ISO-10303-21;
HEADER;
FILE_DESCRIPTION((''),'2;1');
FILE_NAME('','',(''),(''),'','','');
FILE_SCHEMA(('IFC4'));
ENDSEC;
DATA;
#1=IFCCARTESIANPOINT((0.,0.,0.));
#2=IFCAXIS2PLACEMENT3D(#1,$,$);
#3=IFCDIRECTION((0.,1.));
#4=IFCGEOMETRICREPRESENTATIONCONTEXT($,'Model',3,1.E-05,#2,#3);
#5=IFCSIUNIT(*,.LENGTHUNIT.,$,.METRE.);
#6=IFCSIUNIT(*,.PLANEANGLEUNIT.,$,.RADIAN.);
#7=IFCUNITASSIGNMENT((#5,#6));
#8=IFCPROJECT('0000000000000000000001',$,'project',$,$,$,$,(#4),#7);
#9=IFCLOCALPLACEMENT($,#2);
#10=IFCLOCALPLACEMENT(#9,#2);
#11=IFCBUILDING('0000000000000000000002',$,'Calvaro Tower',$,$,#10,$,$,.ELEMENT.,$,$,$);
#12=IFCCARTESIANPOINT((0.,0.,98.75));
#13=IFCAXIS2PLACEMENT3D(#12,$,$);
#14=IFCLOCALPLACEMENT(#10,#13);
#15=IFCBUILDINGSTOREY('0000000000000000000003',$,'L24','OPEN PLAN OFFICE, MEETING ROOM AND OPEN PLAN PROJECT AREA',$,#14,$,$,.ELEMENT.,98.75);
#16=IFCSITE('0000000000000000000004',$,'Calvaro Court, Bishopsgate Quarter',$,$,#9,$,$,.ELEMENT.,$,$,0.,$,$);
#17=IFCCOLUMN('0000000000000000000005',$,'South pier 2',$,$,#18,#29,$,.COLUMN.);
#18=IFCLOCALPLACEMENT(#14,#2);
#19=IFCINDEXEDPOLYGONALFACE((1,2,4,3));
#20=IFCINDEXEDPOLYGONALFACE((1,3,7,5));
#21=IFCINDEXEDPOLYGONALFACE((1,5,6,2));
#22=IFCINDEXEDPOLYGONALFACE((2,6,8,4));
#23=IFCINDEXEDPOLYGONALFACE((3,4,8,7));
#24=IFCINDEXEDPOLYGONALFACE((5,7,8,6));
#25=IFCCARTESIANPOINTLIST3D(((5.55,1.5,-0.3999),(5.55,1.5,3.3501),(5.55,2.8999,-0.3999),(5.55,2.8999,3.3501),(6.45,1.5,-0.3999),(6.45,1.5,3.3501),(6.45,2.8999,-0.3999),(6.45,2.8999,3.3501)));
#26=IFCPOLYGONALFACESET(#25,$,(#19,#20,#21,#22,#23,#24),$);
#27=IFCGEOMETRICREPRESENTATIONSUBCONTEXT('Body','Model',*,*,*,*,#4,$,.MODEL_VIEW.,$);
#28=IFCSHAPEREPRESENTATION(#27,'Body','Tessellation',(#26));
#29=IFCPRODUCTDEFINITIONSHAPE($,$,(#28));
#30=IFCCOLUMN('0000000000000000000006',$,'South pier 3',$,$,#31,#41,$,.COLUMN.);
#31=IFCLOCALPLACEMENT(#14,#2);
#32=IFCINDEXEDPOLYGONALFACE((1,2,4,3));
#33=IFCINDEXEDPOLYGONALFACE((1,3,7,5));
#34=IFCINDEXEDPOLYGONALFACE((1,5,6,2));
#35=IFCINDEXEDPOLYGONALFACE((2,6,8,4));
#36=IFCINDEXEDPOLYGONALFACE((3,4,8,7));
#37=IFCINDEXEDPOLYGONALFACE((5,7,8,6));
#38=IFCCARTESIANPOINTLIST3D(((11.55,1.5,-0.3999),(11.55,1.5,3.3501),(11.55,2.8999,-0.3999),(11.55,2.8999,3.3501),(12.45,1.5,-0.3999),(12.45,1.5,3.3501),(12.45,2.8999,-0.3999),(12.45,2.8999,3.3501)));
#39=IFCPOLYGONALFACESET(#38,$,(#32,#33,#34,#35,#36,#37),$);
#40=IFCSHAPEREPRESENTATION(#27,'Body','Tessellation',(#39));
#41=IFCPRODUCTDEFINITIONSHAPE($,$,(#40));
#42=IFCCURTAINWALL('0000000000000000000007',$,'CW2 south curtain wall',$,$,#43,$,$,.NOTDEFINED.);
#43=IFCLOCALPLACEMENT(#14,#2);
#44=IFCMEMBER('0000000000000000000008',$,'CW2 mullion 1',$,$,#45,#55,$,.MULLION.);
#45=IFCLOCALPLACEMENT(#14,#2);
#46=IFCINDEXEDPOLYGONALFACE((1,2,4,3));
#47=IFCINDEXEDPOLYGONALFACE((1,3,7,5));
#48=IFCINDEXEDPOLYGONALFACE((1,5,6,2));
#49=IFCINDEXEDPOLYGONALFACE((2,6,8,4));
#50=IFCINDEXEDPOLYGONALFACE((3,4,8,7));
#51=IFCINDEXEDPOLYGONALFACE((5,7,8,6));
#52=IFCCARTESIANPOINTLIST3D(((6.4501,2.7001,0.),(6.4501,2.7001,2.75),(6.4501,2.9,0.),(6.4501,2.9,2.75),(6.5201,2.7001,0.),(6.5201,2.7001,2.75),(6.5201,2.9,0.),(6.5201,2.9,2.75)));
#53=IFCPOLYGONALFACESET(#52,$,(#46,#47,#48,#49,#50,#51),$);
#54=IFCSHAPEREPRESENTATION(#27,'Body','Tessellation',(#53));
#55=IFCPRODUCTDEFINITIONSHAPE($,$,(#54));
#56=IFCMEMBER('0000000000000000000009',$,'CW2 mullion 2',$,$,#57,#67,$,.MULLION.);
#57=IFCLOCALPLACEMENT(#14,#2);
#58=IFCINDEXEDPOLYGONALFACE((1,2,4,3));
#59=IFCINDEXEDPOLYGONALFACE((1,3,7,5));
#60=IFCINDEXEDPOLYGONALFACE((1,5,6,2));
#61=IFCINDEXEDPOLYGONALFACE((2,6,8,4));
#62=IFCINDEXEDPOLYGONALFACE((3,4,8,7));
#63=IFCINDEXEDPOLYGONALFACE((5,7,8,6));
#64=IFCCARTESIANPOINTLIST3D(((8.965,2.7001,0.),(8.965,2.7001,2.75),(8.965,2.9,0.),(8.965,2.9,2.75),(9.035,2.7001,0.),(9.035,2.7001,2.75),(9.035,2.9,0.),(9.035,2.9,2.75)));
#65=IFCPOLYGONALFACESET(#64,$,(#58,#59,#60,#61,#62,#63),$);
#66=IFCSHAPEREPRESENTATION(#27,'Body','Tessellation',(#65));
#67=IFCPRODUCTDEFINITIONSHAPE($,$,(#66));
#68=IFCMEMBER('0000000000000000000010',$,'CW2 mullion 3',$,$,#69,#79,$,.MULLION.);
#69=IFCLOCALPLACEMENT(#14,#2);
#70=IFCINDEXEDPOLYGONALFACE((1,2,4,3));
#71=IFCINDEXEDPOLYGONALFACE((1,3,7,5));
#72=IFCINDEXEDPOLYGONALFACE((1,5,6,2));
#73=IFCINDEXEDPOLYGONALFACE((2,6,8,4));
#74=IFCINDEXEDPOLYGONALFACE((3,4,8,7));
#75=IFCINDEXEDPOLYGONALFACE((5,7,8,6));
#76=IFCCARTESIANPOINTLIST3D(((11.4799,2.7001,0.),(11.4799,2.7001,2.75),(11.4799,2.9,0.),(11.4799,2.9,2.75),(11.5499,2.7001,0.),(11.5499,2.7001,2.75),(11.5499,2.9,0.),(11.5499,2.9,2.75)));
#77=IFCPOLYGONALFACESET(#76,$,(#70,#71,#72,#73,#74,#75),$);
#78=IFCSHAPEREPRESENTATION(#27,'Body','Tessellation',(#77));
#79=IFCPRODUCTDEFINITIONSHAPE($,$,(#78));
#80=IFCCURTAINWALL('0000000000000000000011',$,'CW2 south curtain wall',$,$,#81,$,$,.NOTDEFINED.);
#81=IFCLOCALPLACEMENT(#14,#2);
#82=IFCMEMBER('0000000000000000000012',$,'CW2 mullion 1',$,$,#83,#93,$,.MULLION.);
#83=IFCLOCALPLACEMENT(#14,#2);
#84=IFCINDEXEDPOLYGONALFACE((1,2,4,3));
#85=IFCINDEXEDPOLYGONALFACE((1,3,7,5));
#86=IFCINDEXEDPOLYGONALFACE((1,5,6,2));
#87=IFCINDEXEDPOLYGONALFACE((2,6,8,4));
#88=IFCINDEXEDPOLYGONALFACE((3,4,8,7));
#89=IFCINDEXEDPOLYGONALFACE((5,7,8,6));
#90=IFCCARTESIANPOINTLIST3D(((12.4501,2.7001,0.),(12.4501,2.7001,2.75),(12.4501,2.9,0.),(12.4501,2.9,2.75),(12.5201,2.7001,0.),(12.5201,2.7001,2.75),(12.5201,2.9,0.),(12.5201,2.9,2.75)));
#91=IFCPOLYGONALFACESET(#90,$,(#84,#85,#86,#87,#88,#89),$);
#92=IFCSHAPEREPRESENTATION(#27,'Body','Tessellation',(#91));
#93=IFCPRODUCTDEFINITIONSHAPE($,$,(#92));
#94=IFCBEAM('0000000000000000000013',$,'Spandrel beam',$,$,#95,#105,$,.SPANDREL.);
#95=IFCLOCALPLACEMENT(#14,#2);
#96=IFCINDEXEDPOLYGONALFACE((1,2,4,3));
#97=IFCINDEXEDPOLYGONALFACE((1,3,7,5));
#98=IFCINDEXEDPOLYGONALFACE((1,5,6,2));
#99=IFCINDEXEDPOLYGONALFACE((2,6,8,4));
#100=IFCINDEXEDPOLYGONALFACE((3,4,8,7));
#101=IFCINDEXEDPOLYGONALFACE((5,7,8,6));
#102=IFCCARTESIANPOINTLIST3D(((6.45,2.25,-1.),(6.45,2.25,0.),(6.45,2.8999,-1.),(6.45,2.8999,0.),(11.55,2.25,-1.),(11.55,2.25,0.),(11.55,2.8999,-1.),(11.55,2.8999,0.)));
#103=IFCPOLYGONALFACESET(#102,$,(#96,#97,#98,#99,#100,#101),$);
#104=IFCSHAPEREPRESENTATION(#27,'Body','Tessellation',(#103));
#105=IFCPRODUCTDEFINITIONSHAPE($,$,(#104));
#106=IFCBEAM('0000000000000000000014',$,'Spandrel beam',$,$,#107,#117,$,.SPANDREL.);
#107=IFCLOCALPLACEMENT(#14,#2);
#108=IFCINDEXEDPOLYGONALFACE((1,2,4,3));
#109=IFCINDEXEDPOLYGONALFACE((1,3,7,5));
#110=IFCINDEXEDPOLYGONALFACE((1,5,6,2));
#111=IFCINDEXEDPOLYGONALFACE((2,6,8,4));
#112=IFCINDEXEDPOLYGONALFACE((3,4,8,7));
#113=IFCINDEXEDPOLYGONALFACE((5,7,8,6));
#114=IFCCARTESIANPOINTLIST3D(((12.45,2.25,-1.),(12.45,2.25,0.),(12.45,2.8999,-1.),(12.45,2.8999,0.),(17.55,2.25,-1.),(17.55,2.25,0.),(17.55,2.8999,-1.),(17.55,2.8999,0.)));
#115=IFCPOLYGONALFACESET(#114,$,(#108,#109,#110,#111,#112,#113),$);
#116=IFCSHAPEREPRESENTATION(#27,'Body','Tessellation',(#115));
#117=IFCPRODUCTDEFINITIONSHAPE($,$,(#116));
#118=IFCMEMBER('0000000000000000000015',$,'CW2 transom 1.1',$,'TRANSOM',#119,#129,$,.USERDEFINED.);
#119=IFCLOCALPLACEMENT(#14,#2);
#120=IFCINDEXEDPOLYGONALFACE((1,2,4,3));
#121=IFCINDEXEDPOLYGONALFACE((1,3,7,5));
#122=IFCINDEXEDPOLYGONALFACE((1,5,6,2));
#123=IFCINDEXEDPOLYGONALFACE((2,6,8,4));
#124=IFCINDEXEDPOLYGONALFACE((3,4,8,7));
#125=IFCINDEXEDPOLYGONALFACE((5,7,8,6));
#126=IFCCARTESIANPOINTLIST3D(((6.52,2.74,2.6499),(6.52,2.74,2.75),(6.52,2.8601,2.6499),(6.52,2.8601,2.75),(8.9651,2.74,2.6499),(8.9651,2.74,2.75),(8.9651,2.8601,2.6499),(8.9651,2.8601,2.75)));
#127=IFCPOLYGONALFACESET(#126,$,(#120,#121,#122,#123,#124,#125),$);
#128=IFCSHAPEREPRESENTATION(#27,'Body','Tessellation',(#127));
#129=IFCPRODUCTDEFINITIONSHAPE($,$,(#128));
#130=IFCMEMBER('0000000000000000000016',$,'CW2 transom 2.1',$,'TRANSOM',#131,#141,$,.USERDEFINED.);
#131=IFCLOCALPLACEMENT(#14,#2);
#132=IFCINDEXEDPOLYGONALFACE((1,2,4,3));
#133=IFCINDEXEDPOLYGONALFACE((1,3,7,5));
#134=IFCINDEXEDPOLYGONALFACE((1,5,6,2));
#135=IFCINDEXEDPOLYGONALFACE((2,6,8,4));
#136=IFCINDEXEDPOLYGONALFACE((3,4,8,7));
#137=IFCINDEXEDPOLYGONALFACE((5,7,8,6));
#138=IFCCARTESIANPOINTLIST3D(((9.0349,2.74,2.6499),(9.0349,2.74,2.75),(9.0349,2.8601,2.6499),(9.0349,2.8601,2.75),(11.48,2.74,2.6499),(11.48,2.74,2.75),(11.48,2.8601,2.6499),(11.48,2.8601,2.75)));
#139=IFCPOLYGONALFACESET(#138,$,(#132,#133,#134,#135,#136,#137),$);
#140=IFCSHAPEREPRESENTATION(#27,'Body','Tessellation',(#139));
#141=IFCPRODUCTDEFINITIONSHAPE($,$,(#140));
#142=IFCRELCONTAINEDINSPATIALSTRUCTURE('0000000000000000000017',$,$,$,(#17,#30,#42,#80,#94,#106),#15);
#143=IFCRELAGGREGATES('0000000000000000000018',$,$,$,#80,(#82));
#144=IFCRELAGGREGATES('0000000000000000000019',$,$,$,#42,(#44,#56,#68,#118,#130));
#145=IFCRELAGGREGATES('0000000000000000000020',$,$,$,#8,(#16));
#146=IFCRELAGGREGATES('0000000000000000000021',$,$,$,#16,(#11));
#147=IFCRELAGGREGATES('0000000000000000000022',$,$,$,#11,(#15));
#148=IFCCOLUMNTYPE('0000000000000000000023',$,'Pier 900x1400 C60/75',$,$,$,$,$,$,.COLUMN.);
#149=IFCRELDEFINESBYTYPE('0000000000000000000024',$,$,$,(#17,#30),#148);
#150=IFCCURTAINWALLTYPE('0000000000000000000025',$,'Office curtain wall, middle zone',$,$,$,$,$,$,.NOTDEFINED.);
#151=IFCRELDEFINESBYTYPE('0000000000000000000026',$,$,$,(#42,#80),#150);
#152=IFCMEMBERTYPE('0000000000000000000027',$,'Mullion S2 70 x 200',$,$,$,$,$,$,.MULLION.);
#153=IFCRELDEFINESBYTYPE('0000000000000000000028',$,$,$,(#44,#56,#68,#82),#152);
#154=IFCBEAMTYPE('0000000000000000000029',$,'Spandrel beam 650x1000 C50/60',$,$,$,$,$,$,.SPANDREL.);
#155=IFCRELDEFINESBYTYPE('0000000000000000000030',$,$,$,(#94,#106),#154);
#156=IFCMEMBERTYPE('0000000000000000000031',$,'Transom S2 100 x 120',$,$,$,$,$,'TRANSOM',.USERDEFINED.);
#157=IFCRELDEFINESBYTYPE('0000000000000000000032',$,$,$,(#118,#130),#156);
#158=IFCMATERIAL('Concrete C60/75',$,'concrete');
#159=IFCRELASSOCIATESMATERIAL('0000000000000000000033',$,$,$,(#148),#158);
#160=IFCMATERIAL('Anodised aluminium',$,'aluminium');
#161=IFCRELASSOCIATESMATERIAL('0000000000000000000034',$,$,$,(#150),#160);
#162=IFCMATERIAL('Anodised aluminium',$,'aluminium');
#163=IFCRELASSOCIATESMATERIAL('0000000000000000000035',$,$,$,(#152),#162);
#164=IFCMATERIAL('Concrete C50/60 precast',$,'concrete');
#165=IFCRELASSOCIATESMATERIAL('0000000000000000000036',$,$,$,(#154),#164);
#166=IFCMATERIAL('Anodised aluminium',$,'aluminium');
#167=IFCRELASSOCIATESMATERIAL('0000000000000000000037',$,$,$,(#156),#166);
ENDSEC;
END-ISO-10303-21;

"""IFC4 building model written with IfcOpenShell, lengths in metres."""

from ifc_helpers import new_model, si_unit, direction, frame, origin, origin_2d, place, context, subcontext, project, spatial, rectangle, extrude, material, material_profile, profile_set, type_object, element, aggregate, save


model = new_model("IFC4")

# Units and contexts
model_context = context("Model", 3, precision=1e-05, world=origin(), true_north=direction((0.0, 1.0)))
body_context = subcontext(model_context, "Body", "Model", "MODEL_VIEW")
ifc_project = project(units=[si_unit("LENGTHUNIT", "METRE"), si_unit("PLANEANGLEUNIT", "RADIAN")], contexts=[model_context])

# Site, building, storey
site_placement = place(None, origin())
site = spatial("IfcSite", under=ifc_project, at=site_placement, Name="Calvaro Court, Bishopsgate Quarter", CompositionType="ELEMENT", RefElevation=0.0)
building_placement = place(site_placement, origin())
building = spatial("IfcBuilding", under=site, at=building_placement, Name="Calvaro Tower", CompositionType="ELEMENT")
storey_placement = place(building_placement, frame((0.0, 0.0, 98.75)))
storey = spatial("IfcBuildingStorey", under=building, at=storey_placement, Name="L24", Description="OPEN PLAN OFFICE, MEETING ROOM AND OPEN PLAN PROJECT AREA", CompositionType="ELEMENT", Elevation=98.75)

# Columns
ifc_material_1 = material(Name="Concrete C60/75", Category="concrete")
ifc_material_profile_1 = material_profile(ifc_material_1, rectangle(XDim=0.8999, YDim=1.3999, at=origin_2d()), Name="RC 900x1400")
ifc_profile_set_1 = profile_set([ifc_material_profile_1], Name="Concrete C60/75")
column_type = type_object("IfcColumnType", Name="Pier 900x1400 C60/75", PredefinedType="COLUMN", material=ifc_profile_set_1)
for number, where, z_axis, x_axis, name in (
    (1, (6.0, 2.2, -0.3999), (0.0, 0.0, 1.0), (1.0, 0.0, 0.0), "South pier 2"),
    (2, (12.0, 2.2, -0.3999), (0.0, 0.0, 1.0), (1.0, 0.0, 0.0), "South pier 3"),
):
    element("IfcColumn", number, at=place(storey_placement, frame(where, z_axis=z_axis, x_axis=x_axis)), inside=storey, type_object=column_type, Name=name, PredefinedType="COLUMN", context=body_context, shape_type="SweptSolid", body=[
        extrude(rectangle(XDim=0.8999, YDim=1.3999, at=origin_2d()), origin(), (0.0, 0.0, 1.0), 3.75),
    ])

# Curtain wall, members
ifc_material_2 = material(Name="Anodised aluminium", Category="aluminium")
curtain_wall_type = type_object("IfcCurtainWallType", Name="Office curtain wall, middle zone", PredefinedType="NOTDEFINED", material=ifc_material_2)
curtain_wall_1_placement = place(storey_placement, origin())
curtain_wall_1 = element("IfcCurtainWall", 3, at=curtain_wall_1_placement, inside=storey, type_object=curtain_wall_type, Name="CW2 south curtain wall", PredefinedType="NOTDEFINED")
ifc_material_3 = material(Name="Anodised aluminium", Category="aluminium")
ifc_material_profile_2 = material_profile(ifc_material_3, rectangle(XDim=0.2, YDim=0.0701, at=origin_2d()), Name="Mullion S2 70 x 200")
ifc_profile_set_2 = profile_set([ifc_material_profile_2], Name="Anodised aluminium")
member_type_1 = type_object("IfcMemberType", Name="Mullion S2 70 x 200", PredefinedType="MULLION", material=ifc_profile_set_2)
member_1_placement = place(storey_placement, frame((6.4851, 2.8, 0.0), z_axis=(0.0, 0.0, 1.0), x_axis=(0.0, 1.0, 0.0)))
member_1 = element("IfcMember", 4, at=member_1_placement, type_object=member_type_1, Name="CW2 mullion 1", PredefinedType="MULLION", context=body_context, shape_type="SweptSolid", body=[
    extrude(rectangle(XDim=0.2, YDim=0.0701, at=origin_2d()), origin(), (0.0, 0.0, 1.0), 2.75),
])
member_2_placement = place(storey_placement, frame((9.0, 2.8, 0.0), z_axis=(0.0, 0.0, 1.0), x_axis=(0.0, 1.0, 0.0)))
member_2 = element("IfcMember", 5, at=member_2_placement, type_object=member_type_1, Name="CW2 mullion 2", PredefinedType="MULLION", context=body_context, shape_type="SweptSolid", body=[
    extrude(rectangle(XDim=0.2, YDim=0.0701, at=origin_2d()), origin(), (0.0, 0.0, 1.0), 2.75),
])
member_3_placement = place(storey_placement, frame((11.5149, 2.8, 0.0), z_axis=(0.0, 0.0, 1.0), x_axis=(0.0, 1.0, 0.0)))
member_3 = element("IfcMember", 6, at=member_3_placement, type_object=member_type_1, Name="CW2 mullion 3", PredefinedType="MULLION", context=body_context, shape_type="SweptSolid", body=[
    extrude(rectangle(XDim=0.2, YDim=0.0701, at=origin_2d()), origin(), (0.0, 0.0, 1.0), 2.75),
])

# Curtain wall, member
curtain_wall_2_placement = place(storey_placement, origin())
curtain_wall_2 = element("IfcCurtainWall", 7, at=curtain_wall_2_placement, inside=storey, type_object=curtain_wall_type, Name="CW2 south curtain wall", PredefinedType="NOTDEFINED")
member_4_placement = place(storey_placement, frame((12.4851, 2.8, 0.0), z_axis=(0.0, 0.0, 1.0), x_axis=(0.0, 1.0, 0.0)))
member_4 = element("IfcMember", 8, at=member_4_placement, type_object=member_type_1, Name="CW2 mullion 1", PredefinedType="MULLION", context=body_context, shape_type="SweptSolid", body=[
    extrude(rectangle(XDim=0.2, YDim=0.0701, at=origin_2d()), origin(), (0.0, 0.0, 1.0), 2.75),
])
aggregate(curtain_wall_2, [member_4])

# Beams
ifc_material_4 = material(Name="Concrete C50/60 precast", Category="concrete")
ifc_material_profile_3 = material_profile(ifc_material_4, rectangle(XDim=0.6499, YDim=1.0, at=origin_2d()), Name="RC 650x1000")
ifc_profile_set_3 = profile_set([ifc_material_profile_3], Name="Concrete C50/60 precast")
beam_type = type_object("IfcBeamType", Name="Spandrel beam 650x1000 C50/60", PredefinedType="SPANDREL", material=ifc_profile_set_3)
for number, where, z_axis, x_axis, name in (
    (9, (6.45, 2.575, -0.5), (1.0, 0.0, 0.0), (0.0, 1.0, 0.0), "Spandrel beam"),
    (10, (12.45, 2.575, -0.5), (1.0, 0.0, 0.0), (0.0, 1.0, 0.0), "Spandrel beam"),
):
    element("IfcBeam", number, at=place(storey_placement, frame(where, z_axis=z_axis, x_axis=x_axis)), inside=storey, type_object=beam_type, Name=name, PredefinedType="SPANDREL", context=body_context, shape_type="SweptSolid", body=[
        extrude(rectangle(XDim=0.6499, YDim=1.0, at=origin_2d()), origin(), (0.0, 0.0, 1.0), 5.1001),
    ])

# Members
ifc_material_5 = material(Name="Anodised aluminium", Category="aluminium")
ifc_material_profile_4 = material_profile(ifc_material_5, rectangle(XDim=0.1201, YDim=0.1001, at=origin_2d()), Name="Transom S2 100 x 120")
ifc_profile_set_4 = profile_set([ifc_material_profile_4], Name="Anodised aluminium")
member_type_2 = type_object("IfcMemberType", Name="Transom S2 100 x 120", ElementType="TRANSOM", PredefinedType="USERDEFINED", material=ifc_profile_set_4)
member_5_placement = place(storey_placement, frame((6.52, 2.8, 2.7), z_axis=(1.0, 0.0, 0.0), x_axis=(0.0, 1.0, 0.0)))
member_5 = element("IfcMember", 11, at=member_5_placement, type_object=member_type_2, Name="CW2 transom 1.1", ObjectType="TRANSOM", PredefinedType="USERDEFINED", context=body_context, shape_type="SweptSolid", body=[
    extrude(rectangle(XDim=0.1201, YDim=0.1001, at=origin_2d()), origin(), (0.0, 0.0, 1.0), 2.4451),
])
member_6_placement = place(storey_placement, frame((9.0349, 2.8, 2.7), z_axis=(1.0, 0.0, 0.0), x_axis=(0.0, 1.0, 0.0)))
member_6 = element("IfcMember", 12, at=member_6_placement, type_object=member_type_2, Name="CW2 transom 2.1", ObjectType="TRANSOM", PredefinedType="USERDEFINED", context=body_context, shape_type="SweptSolid", body=[
    extrude(rectangle(XDim=0.1201, YDim=0.1001, at=origin_2d()), origin(), (0.0, 0.0, 1.0), 2.4451),
])

aggregate(curtain_wall_1, [member_1, member_2, member_3, member_5, member_6])

save(model, "model.ifc")
